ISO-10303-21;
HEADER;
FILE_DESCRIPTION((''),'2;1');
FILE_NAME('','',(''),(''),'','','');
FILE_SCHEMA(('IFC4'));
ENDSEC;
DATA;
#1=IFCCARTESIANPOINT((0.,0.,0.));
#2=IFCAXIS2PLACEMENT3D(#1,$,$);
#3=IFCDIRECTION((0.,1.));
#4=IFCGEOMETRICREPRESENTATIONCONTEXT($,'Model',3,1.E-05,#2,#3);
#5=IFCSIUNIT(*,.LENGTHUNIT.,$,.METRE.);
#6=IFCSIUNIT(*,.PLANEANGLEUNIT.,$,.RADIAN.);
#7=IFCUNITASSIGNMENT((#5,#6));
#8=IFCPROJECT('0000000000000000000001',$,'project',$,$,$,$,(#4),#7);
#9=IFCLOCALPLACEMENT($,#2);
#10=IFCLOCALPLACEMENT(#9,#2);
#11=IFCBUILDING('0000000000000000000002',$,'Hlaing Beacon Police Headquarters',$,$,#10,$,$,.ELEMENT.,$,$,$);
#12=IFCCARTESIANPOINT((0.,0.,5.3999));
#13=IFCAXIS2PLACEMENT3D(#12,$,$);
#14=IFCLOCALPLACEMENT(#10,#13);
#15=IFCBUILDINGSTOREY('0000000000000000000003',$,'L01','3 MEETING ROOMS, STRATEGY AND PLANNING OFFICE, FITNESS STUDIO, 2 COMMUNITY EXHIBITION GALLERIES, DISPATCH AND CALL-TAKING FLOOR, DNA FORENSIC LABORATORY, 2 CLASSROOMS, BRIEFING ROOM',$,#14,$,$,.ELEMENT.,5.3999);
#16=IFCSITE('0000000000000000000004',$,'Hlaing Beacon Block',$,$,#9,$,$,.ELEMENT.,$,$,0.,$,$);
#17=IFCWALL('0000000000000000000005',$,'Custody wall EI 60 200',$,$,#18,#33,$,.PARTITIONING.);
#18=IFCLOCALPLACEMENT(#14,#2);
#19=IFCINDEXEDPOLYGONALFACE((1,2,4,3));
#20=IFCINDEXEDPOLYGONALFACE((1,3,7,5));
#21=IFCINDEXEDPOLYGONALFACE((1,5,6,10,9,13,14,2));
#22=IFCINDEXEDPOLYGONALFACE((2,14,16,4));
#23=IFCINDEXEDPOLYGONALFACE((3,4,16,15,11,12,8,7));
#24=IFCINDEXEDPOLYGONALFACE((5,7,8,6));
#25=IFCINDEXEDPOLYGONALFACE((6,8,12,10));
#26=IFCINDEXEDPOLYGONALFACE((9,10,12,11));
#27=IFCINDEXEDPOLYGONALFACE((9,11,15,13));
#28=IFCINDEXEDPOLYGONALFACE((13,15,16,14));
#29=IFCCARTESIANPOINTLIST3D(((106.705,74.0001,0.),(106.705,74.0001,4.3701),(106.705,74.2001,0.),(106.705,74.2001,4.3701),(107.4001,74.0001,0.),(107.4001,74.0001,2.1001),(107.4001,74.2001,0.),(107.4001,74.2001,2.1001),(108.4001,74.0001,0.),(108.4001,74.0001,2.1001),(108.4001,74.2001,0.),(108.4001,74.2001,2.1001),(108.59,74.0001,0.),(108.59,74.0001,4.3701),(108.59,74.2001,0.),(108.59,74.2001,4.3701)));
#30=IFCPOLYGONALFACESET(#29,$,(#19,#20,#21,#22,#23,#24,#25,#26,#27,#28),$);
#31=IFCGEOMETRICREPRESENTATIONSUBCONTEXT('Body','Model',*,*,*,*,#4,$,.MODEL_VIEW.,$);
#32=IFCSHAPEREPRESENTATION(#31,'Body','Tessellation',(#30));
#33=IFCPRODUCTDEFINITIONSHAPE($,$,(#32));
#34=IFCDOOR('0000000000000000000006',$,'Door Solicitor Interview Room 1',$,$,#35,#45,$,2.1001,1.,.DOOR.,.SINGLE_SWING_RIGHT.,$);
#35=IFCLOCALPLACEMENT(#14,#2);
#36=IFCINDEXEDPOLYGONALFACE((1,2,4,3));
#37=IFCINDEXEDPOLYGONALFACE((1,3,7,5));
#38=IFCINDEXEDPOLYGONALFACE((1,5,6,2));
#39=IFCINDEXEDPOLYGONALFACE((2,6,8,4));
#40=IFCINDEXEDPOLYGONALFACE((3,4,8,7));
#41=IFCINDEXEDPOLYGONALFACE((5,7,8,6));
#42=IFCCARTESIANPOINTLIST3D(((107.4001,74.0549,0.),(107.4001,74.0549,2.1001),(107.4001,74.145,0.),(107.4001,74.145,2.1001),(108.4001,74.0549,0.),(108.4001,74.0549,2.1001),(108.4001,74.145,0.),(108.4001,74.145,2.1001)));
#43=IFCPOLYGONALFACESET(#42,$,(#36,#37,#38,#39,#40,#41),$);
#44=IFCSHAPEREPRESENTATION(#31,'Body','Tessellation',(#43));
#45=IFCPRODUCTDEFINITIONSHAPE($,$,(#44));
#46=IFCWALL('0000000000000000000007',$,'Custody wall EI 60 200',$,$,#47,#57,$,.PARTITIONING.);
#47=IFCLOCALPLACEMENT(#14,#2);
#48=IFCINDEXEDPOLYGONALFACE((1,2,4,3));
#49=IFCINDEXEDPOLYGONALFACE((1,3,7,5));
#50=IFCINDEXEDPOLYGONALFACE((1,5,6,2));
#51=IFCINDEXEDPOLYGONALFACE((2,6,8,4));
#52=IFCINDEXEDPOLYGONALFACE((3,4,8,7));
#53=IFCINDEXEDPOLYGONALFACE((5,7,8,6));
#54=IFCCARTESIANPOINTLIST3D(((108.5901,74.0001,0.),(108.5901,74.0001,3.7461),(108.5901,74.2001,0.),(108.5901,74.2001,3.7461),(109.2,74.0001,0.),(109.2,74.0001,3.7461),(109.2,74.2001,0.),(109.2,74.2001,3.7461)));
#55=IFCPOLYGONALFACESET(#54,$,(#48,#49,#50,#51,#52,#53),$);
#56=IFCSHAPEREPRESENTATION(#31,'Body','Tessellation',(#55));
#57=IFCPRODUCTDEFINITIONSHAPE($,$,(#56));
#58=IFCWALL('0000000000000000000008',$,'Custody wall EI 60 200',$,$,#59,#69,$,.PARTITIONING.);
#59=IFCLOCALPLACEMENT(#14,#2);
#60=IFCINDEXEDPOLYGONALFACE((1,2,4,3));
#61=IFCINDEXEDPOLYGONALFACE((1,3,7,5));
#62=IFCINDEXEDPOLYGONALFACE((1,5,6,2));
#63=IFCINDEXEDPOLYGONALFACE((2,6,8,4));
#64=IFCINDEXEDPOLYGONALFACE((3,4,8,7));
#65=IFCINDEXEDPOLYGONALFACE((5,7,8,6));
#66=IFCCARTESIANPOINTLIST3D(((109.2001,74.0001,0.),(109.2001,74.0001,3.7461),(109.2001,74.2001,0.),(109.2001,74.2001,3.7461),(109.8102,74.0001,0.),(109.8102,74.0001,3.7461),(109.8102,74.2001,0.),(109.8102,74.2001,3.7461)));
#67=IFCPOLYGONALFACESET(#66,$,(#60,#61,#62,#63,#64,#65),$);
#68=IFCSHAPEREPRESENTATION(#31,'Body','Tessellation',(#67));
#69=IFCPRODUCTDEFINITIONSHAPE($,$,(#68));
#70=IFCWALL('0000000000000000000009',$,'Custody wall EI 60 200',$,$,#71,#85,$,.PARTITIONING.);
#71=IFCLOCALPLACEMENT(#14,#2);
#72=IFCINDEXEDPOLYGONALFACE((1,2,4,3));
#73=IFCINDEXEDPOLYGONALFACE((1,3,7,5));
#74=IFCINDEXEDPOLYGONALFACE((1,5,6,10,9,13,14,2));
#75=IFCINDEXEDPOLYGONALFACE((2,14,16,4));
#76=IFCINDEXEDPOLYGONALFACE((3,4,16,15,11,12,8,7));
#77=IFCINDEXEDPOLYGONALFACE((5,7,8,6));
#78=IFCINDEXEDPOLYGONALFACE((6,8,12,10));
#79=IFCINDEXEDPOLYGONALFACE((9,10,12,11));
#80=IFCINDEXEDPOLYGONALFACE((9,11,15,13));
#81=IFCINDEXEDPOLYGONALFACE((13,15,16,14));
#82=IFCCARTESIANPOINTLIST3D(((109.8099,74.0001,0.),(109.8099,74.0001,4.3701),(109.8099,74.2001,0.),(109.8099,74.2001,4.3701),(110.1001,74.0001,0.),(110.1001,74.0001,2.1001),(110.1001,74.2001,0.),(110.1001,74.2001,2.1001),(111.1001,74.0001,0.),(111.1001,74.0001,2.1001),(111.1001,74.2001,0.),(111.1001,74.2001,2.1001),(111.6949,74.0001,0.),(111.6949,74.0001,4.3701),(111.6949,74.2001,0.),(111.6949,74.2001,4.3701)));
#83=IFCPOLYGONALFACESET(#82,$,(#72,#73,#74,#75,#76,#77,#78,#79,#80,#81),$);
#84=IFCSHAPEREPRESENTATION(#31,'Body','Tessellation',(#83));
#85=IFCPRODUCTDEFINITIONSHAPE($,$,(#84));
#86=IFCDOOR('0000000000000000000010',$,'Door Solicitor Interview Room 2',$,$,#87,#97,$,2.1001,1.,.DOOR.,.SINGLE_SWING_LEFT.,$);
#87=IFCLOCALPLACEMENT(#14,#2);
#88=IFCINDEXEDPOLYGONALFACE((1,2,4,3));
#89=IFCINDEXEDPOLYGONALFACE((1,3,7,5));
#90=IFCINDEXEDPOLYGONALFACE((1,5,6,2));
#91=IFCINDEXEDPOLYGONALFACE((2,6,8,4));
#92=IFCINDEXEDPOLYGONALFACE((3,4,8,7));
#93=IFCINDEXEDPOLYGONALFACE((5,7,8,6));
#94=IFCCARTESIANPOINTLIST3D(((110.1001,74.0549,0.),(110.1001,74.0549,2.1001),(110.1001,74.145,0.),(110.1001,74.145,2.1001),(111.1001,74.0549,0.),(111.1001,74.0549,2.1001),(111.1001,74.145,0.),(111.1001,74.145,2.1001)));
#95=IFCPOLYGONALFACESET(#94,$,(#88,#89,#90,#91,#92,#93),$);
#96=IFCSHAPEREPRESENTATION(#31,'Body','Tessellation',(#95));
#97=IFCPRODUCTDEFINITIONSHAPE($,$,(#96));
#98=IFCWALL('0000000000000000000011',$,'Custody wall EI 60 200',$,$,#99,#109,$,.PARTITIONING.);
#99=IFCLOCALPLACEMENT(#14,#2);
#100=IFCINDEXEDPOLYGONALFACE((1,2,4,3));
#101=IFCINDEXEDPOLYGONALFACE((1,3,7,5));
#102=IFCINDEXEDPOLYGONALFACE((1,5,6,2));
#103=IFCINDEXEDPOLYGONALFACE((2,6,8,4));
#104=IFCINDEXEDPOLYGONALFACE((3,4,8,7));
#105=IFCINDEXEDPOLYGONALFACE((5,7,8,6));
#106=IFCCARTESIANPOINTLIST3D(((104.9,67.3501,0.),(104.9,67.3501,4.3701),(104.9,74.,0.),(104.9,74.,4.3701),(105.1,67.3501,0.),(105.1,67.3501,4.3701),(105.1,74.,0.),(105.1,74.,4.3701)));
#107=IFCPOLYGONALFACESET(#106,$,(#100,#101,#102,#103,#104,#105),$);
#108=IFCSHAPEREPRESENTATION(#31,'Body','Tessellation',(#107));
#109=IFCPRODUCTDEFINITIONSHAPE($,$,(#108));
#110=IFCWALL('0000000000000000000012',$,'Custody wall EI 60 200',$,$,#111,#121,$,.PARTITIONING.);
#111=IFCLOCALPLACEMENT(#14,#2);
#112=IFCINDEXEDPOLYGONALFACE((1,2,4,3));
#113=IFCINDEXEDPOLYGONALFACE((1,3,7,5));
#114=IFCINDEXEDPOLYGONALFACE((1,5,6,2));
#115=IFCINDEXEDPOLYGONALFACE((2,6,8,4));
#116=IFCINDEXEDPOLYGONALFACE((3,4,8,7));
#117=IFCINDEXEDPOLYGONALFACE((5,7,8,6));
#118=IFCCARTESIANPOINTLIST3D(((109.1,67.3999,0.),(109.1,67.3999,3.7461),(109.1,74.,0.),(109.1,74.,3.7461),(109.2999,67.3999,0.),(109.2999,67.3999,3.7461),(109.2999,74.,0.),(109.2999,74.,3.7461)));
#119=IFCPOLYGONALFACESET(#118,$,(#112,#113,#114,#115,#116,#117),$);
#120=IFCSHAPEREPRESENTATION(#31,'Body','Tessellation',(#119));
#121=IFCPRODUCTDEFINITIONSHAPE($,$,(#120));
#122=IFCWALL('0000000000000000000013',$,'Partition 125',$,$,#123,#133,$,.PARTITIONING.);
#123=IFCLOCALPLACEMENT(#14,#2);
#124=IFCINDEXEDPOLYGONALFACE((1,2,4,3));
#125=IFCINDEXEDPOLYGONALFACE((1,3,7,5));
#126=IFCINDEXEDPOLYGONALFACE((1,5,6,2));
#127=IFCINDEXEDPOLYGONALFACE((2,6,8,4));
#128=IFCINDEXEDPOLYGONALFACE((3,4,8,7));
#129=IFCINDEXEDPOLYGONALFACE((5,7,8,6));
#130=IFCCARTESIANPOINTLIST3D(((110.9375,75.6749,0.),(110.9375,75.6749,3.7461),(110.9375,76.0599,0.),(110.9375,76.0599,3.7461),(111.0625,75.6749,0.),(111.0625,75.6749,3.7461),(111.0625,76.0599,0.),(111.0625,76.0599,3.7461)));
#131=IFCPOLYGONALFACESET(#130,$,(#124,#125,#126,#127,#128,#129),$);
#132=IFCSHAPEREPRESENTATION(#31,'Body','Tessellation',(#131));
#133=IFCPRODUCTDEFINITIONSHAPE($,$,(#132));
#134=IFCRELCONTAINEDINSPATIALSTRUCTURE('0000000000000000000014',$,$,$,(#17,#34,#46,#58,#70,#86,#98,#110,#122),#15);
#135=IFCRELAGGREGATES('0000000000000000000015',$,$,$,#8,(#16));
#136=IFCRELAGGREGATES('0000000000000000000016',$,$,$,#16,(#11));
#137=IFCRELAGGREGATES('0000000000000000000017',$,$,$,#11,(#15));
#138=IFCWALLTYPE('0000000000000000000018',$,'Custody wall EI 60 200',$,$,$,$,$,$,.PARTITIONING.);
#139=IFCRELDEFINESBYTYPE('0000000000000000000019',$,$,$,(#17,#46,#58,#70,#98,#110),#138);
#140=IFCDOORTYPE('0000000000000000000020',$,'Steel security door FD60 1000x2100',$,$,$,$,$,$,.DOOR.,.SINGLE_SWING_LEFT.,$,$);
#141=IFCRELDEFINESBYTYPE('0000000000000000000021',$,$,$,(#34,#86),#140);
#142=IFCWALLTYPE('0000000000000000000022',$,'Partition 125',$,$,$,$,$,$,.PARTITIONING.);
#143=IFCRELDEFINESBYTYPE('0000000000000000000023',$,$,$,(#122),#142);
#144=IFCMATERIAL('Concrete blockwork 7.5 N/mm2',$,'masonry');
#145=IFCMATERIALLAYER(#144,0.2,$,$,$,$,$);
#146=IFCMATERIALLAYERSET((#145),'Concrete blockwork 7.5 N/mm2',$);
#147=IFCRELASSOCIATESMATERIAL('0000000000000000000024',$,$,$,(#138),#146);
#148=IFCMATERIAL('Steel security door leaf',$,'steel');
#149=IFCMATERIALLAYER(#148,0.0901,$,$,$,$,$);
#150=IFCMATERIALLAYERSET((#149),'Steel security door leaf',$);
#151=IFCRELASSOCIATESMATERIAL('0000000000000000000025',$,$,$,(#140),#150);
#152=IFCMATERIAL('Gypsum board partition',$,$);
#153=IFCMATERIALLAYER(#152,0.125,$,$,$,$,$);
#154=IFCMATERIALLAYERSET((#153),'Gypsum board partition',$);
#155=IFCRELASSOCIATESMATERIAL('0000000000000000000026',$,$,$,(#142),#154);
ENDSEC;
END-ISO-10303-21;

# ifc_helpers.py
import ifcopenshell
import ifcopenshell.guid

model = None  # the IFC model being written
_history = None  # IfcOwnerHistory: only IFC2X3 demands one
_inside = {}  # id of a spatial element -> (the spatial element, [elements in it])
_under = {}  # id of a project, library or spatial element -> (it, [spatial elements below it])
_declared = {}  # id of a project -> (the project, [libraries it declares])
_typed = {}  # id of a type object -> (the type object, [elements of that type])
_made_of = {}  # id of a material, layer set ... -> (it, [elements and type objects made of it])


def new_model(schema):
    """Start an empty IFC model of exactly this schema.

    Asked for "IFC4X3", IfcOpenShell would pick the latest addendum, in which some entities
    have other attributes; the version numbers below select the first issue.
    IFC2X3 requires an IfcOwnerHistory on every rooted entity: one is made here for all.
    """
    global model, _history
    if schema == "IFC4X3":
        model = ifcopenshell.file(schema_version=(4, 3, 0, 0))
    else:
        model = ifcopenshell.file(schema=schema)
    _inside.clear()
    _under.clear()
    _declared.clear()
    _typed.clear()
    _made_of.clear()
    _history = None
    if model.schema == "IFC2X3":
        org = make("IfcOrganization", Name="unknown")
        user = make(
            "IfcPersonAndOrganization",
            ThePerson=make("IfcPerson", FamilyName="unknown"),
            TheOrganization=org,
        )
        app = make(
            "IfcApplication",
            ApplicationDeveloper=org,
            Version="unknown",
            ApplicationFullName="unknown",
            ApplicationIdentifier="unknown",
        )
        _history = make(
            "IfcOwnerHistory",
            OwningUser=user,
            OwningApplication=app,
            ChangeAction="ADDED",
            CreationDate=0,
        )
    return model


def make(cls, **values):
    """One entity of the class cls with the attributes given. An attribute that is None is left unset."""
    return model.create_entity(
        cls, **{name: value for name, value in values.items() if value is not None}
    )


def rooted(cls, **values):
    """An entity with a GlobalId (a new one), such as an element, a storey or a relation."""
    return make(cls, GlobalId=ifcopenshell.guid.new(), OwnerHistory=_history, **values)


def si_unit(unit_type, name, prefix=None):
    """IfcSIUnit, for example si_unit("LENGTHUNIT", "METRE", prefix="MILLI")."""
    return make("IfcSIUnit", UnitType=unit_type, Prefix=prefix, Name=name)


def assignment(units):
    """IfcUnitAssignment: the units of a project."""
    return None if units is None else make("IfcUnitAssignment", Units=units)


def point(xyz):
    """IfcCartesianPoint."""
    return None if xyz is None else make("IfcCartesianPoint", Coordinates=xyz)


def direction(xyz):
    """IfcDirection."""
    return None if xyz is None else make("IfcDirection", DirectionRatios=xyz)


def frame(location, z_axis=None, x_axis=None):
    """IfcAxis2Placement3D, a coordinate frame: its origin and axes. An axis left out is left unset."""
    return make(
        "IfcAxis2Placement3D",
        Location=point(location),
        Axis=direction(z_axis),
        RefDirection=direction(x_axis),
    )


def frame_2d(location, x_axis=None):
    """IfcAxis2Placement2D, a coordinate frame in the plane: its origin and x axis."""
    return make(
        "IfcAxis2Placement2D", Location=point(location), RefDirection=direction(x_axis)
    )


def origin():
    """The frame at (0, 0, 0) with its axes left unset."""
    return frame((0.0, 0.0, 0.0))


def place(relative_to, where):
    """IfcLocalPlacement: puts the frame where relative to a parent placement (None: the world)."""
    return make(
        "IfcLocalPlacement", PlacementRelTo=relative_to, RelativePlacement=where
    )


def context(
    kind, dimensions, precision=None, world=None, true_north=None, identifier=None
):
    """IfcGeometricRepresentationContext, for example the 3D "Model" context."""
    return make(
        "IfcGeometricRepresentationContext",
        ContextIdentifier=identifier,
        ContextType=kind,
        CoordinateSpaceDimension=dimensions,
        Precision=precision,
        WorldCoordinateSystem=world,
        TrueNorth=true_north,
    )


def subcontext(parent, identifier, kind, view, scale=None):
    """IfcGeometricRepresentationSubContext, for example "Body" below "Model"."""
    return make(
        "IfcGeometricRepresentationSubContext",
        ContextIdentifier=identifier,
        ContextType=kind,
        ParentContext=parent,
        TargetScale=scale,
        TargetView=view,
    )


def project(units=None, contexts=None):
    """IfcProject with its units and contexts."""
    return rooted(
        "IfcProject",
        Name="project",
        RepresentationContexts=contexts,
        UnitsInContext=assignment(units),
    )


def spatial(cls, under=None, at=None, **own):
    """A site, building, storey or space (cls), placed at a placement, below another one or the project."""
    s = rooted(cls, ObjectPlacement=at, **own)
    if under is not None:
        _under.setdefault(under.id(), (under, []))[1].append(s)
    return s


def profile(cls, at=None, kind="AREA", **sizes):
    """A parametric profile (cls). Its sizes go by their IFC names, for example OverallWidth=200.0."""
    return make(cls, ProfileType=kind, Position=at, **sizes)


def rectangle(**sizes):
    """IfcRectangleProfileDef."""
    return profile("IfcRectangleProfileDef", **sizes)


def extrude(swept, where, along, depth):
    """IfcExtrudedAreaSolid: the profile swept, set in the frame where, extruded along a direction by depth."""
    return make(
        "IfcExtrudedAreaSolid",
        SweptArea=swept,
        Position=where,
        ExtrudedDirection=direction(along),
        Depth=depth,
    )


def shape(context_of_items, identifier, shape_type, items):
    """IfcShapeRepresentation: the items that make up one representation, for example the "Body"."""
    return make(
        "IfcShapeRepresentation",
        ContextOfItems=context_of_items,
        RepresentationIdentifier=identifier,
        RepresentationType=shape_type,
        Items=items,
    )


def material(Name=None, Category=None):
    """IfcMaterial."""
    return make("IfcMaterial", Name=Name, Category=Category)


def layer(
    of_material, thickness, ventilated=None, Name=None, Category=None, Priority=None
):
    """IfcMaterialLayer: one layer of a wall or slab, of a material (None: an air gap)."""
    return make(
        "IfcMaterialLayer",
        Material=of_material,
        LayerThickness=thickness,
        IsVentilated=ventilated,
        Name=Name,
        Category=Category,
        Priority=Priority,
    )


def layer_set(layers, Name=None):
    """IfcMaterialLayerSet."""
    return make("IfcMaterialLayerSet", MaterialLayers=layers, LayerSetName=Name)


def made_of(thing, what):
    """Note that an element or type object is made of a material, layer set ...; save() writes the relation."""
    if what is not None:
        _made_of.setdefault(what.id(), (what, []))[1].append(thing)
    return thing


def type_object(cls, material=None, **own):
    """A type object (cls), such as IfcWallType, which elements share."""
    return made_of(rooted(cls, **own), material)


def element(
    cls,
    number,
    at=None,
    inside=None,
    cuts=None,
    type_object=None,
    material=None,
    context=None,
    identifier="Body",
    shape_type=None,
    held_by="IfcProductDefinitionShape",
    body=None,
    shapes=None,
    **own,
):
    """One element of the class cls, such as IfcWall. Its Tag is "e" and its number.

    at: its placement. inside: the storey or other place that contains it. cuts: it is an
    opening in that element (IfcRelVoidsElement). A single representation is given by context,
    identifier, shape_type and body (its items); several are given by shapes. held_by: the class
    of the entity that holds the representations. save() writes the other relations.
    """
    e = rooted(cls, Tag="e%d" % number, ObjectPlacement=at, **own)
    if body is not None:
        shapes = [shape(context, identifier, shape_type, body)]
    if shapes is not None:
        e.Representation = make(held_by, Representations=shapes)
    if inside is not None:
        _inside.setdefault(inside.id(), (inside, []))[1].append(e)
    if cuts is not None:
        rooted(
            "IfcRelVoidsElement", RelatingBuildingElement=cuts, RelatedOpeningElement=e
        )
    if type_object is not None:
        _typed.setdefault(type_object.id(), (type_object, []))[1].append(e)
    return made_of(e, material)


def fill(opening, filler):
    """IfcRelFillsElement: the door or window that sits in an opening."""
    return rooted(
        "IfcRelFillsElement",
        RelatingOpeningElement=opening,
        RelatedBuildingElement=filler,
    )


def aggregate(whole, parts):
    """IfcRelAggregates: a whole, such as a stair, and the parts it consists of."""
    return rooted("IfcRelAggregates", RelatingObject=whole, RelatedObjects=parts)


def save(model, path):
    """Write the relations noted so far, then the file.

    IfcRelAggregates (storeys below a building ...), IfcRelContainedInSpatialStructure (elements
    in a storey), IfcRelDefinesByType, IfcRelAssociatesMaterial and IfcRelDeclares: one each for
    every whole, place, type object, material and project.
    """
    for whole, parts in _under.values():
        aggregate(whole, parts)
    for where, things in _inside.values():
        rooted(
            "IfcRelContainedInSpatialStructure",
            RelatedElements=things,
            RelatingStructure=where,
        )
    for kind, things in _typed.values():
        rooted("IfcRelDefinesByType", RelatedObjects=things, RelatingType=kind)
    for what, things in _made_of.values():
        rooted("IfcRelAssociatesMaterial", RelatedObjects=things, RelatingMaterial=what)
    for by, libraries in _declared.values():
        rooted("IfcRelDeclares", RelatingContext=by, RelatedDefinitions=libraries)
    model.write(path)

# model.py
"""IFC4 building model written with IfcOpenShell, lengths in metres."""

from ifc_helpers import new_model, si_unit, direction, frame, frame_2d, origin, place, context, subcontext, project, spatial, rectangle, extrude, material, layer, layer_set, type_object, element, fill, save


model = new_model("IFC4")

# Units and contexts
model_context = context("Model", 3, precision=1e-05, world=origin(), true_north=direction((0.0, 1.0)))
body_context = subcontext(model_context, "Body", "Model", "MODEL_VIEW")
ifc_project = project(units=[si_unit("LENGTHUNIT", "METRE"), si_unit("PLANEANGLEUNIT", "RADIAN")], contexts=[model_context])

# Site, building, storey
site_placement = place(None, origin())
site = spatial("IfcSite", under=ifc_project, at=site_placement, Name="Hlaing Beacon Block", CompositionType="ELEMENT", RefElevation=0.0)
building_placement = place(site_placement, origin())
building = spatial("IfcBuilding", under=site, at=building_placement, Name="Hlaing Beacon Police Headquarters", CompositionType="ELEMENT")
storey_placement = place(building_placement, frame((0.0, 0.0, 5.3999)))
storey = spatial("IfcBuildingStorey", under=building, at=storey_placement, Name="L01", Description="3 MEETING ROOMS, STRATEGY AND PLANNING OFFICE, FITNESS STUDIO, 2 COMMUNITY EXHIBITION GALLERIES, DISPATCH AND CALL-TAKING FLOOR, DNA FORENSIC LABORATORY, 2 CLASSROOMS, BRIEFING ROOM", CompositionType="ELEMENT", Elevation=5.3999)

# Shared definitions
ifc_material_1 = material(Name="Concrete blockwork 7.5 N/mm2", Category="masonry")
ifc_layer_1 = layer(ifc_material_1, 0.2)
ifc_layer_set_1 = layer_set([ifc_layer_1], Name="Concrete blockwork 7.5 N/mm2")
wall_type_1 = type_object("IfcWallType", Name="Custody wall EI 60 200", PredefinedType="PARTITIONING", material=ifc_layer_set_1)

# Wall, opening, door
wall_1_placement = place(storey_placement, frame((106.7051, 74.1001, 0.0), z_axis=(0.0, 0.0, 1.0), x_axis=(1.0, 0.0, 0.0)))
wall_1 = element("IfcWall", 1, at=wall_1_placement, inside=storey, type_object=wall_type_1, Name="Custody wall EI 60 200", PredefinedType="PARTITIONING", context=body_context, shape_type="SweptSolid", body=[
    extrude(rectangle(XDim=1.885, YDim=0.2, at=frame_2d((0.9424, 0.0))), origin(), (0.0, 0.0, 1.0), 4.3701),
])
opening_1_placement = place(wall_1_placement, frame((0.6951, 0.0, 0.0)))
opening_1 = element("IfcOpeningElement", 2, at=opening_1_placement, cuts=wall_1, PredefinedType="OPENING", context=body_context, shape_type="SweptSolid", body=[
    extrude(rectangle(XDim=1.0, YDim=2.1001, at=frame_2d((0.5, 1.05))), frame((0.0, 0.1099, 0.0), z_axis=(0.0, -1.0, 0.0), x_axis=(1.0, 0.0, 0.0)), (0.0, 0.0, 1.0), 0.22),
])
ifc_material_2 = material(Name="Steel security door leaf", Category="steel")
ifc_layer_2 = layer(ifc_material_2, 0.0901)
ifc_layer_set_2 = layer_set([ifc_layer_2], Name="Steel security door leaf")
door_type_1 = type_object("IfcDoorType", Name="Steel security door FD60 1000x2100", OperationType="SINGLE_SWING_LEFT", PredefinedType="DOOR", material=ifc_layer_set_2)
door_1_placement = place(opening_1_placement, frame((1.0, 0.0, 0.0), z_axis=(0.0, 0.0, 1.0), x_axis=(-1.0, 0.0, 0.0)))
door_1 = element("IfcDoor", 3, at=door_1_placement, inside=storey, type_object=door_type_1, Name="Door Solicitor Interview Room 1", OperationType="SINGLE_SWING_RIGHT", OverallHeight=2.1001, OverallWidth=1.0, PredefinedType="DOOR", context=body_context, shape_type="SweptSolid", body=[
    extrude(rectangle(XDim=1.0, YDim=2.1001, at=frame_2d((0.5, 1.05))), frame((0.0, 0.0452, 0.0), z_axis=(0.0, -1.0, 0.0), x_axis=(1.0, 0.0, 0.0)), (0.0, 0.0, 1.0), 0.0901),
])
fill(opening_1, door_1)

# Walls
wall_2_placement = place(storey_placement, frame((108.5901, 74.1001, 0.0), z_axis=(0.0, 0.0, 1.0), x_axis=(1.0, 0.0, 0.0)))
element("IfcWall", 4, at=wall_2_placement, inside=storey, type_object=wall_type_1, Name="Custody wall EI 60 200", PredefinedType="PARTITIONING", context=body_context, shape_type="SweptSolid", body=[
    extrude(rectangle(XDim=0.6099, YDim=0.2, at=frame_2d((0.3049, 0.0))), origin(), (0.0, 0.0, 1.0), 3.7461),
])
wall_3_placement = place(storey_placement, frame((109.2, 74.1001, 0.0), z_axis=(0.0, 0.0, 1.0), x_axis=(1.0, 0.0, 0.0)))
element("IfcWall", 5, at=wall_3_placement, inside=storey, type_object=wall_type_1, Name="Custody wall EI 60 200", PredefinedType="PARTITIONING", context=body_context, shape_type="SweptSolid", body=[
    extrude(rectangle(XDim=0.6101, YDim=0.2, at=frame_2d((0.3052, 0.0))), origin(), (0.0, 0.0, 1.0), 3.7461),
])

# Wall, opening, door
wall_4_placement = place(storey_placement, frame((109.8101, 74.1001, 0.0), z_axis=(0.0, 0.0, 1.0), x_axis=(1.0, 0.0, 0.0)))
wall_4 = element("IfcWall", 6, at=wall_4_placement, inside=storey, type_object=wall_type_1, Name="Custody wall EI 60 200", PredefinedType="PARTITIONING", context=body_context, shape_type="SweptSolid", body=[
    extrude(rectangle(XDim=1.885, YDim=0.2, at=frame_2d((0.9424, 0.0))), origin(), (0.0, 0.0, 1.0), 4.3701),
])
opening_2_placement = place(wall_4_placement, frame((0.29, 0.0, 0.0)))
opening_2 = element("IfcOpeningElement", 7, at=opening_2_placement, cuts=wall_4, PredefinedType="OPENING", context=body_context, shape_type="SweptSolid", body=[
    extrude(rectangle(XDim=1.0, YDim=2.1001, at=frame_2d((0.5, 1.05))), frame((0.0, 0.1099, 0.0), z_axis=(0.0, -1.0, 0.0), x_axis=(1.0, 0.0, 0.0)), (0.0, 0.0, 1.0), 0.22),
])
door_2_placement = place(opening_2_placement, frame((1.0, 0.0, 0.0), z_axis=(0.0, 0.0, 1.0), x_axis=(-1.0, 0.0, 0.0)))
door_2 = element("IfcDoor", 8, at=door_2_placement, inside=storey, type_object=door_type_1, Name="Door Solicitor Interview Room 2", OperationType="SINGLE_SWING_LEFT", OverallHeight=2.1001, OverallWidth=1.0, PredefinedType="DOOR", context=body_context, shape_type="SweptSolid", body=[
    extrude(rectangle(XDim=1.0, YDim=2.1001, at=frame_2d((0.5, 1.05))), frame((0.0, 0.0452, 0.0), z_axis=(0.0, -1.0, 0.0), x_axis=(1.0, 0.0, 0.0)), (0.0, 0.0, 1.0), 0.0901),
])
fill(opening_2, door_2)

# Walls
wall_5_placement = place(storey_placement, frame((105.0, 67.3501, 0.0), z_axis=(0.0, 0.0, 1.0), x_axis=(0.0, 1.0, 0.0)))
element("IfcWall", 9, at=wall_5_placement, inside=storey, type_object=wall_type_1, Name="Custody wall EI 60 200", PredefinedType="PARTITIONING", context=body_context, shape_type="SweptSolid", body=[
    extrude(rectangle(XDim=6.6499, YDim=0.2, at=frame_2d((3.325, 0.0))), origin(), (0.0, 0.0, 1.0), 4.3701),
])
wall_6_placement = place(storey_placement, frame((109.2, 67.3999, 0.0), z_axis=(0.0, 0.0, 1.0), x_axis=(0.0, 1.0, 0.0)))
element("IfcWall", 10, at=wall_6_placement, inside=storey, type_object=wall_type_1, Name="Custody wall EI 60 200", PredefinedType="PARTITIONING", context=body_context, shape_type="SweptSolid", body=[
    extrude(rectangle(XDim=6.6001, YDim=0.2, at=frame_2d((3.3, 0.0))), origin(), (0.0, 0.0, 1.0), 3.7461),
])
ifc_material_3 = material(Name="Gypsum board partition")
ifc_layer_3 = layer(ifc_material_3, 0.125)
ifc_layer_set_3 = layer_set([ifc_layer_3], Name="Gypsum board partition")
wall_type_2 = type_object("IfcWallType", Name="Partition 125", PredefinedType="PARTITIONING", material=ifc_layer_set_3)
wall_7_placement = place(storey_placement, frame((111.0, 75.675, 0.0), z_axis=(0.0, 0.0, 1.0), x_axis=(0.0, 1.0, 0.0)))
element("IfcWall", 11, at=wall_7_placement, inside=storey, type_object=wall_type_2, Name="Partition 125", PredefinedType="PARTITIONING", context=body_context, shape_type="SweptSolid", body=[
    extrude(rectangle(XDim=0.385, YDim=0.125, at=frame_2d((0.1924, 0.0))), origin(), (0.0, 0.0, 1.0), 3.7461),
])

save(model, "model.ifc")
